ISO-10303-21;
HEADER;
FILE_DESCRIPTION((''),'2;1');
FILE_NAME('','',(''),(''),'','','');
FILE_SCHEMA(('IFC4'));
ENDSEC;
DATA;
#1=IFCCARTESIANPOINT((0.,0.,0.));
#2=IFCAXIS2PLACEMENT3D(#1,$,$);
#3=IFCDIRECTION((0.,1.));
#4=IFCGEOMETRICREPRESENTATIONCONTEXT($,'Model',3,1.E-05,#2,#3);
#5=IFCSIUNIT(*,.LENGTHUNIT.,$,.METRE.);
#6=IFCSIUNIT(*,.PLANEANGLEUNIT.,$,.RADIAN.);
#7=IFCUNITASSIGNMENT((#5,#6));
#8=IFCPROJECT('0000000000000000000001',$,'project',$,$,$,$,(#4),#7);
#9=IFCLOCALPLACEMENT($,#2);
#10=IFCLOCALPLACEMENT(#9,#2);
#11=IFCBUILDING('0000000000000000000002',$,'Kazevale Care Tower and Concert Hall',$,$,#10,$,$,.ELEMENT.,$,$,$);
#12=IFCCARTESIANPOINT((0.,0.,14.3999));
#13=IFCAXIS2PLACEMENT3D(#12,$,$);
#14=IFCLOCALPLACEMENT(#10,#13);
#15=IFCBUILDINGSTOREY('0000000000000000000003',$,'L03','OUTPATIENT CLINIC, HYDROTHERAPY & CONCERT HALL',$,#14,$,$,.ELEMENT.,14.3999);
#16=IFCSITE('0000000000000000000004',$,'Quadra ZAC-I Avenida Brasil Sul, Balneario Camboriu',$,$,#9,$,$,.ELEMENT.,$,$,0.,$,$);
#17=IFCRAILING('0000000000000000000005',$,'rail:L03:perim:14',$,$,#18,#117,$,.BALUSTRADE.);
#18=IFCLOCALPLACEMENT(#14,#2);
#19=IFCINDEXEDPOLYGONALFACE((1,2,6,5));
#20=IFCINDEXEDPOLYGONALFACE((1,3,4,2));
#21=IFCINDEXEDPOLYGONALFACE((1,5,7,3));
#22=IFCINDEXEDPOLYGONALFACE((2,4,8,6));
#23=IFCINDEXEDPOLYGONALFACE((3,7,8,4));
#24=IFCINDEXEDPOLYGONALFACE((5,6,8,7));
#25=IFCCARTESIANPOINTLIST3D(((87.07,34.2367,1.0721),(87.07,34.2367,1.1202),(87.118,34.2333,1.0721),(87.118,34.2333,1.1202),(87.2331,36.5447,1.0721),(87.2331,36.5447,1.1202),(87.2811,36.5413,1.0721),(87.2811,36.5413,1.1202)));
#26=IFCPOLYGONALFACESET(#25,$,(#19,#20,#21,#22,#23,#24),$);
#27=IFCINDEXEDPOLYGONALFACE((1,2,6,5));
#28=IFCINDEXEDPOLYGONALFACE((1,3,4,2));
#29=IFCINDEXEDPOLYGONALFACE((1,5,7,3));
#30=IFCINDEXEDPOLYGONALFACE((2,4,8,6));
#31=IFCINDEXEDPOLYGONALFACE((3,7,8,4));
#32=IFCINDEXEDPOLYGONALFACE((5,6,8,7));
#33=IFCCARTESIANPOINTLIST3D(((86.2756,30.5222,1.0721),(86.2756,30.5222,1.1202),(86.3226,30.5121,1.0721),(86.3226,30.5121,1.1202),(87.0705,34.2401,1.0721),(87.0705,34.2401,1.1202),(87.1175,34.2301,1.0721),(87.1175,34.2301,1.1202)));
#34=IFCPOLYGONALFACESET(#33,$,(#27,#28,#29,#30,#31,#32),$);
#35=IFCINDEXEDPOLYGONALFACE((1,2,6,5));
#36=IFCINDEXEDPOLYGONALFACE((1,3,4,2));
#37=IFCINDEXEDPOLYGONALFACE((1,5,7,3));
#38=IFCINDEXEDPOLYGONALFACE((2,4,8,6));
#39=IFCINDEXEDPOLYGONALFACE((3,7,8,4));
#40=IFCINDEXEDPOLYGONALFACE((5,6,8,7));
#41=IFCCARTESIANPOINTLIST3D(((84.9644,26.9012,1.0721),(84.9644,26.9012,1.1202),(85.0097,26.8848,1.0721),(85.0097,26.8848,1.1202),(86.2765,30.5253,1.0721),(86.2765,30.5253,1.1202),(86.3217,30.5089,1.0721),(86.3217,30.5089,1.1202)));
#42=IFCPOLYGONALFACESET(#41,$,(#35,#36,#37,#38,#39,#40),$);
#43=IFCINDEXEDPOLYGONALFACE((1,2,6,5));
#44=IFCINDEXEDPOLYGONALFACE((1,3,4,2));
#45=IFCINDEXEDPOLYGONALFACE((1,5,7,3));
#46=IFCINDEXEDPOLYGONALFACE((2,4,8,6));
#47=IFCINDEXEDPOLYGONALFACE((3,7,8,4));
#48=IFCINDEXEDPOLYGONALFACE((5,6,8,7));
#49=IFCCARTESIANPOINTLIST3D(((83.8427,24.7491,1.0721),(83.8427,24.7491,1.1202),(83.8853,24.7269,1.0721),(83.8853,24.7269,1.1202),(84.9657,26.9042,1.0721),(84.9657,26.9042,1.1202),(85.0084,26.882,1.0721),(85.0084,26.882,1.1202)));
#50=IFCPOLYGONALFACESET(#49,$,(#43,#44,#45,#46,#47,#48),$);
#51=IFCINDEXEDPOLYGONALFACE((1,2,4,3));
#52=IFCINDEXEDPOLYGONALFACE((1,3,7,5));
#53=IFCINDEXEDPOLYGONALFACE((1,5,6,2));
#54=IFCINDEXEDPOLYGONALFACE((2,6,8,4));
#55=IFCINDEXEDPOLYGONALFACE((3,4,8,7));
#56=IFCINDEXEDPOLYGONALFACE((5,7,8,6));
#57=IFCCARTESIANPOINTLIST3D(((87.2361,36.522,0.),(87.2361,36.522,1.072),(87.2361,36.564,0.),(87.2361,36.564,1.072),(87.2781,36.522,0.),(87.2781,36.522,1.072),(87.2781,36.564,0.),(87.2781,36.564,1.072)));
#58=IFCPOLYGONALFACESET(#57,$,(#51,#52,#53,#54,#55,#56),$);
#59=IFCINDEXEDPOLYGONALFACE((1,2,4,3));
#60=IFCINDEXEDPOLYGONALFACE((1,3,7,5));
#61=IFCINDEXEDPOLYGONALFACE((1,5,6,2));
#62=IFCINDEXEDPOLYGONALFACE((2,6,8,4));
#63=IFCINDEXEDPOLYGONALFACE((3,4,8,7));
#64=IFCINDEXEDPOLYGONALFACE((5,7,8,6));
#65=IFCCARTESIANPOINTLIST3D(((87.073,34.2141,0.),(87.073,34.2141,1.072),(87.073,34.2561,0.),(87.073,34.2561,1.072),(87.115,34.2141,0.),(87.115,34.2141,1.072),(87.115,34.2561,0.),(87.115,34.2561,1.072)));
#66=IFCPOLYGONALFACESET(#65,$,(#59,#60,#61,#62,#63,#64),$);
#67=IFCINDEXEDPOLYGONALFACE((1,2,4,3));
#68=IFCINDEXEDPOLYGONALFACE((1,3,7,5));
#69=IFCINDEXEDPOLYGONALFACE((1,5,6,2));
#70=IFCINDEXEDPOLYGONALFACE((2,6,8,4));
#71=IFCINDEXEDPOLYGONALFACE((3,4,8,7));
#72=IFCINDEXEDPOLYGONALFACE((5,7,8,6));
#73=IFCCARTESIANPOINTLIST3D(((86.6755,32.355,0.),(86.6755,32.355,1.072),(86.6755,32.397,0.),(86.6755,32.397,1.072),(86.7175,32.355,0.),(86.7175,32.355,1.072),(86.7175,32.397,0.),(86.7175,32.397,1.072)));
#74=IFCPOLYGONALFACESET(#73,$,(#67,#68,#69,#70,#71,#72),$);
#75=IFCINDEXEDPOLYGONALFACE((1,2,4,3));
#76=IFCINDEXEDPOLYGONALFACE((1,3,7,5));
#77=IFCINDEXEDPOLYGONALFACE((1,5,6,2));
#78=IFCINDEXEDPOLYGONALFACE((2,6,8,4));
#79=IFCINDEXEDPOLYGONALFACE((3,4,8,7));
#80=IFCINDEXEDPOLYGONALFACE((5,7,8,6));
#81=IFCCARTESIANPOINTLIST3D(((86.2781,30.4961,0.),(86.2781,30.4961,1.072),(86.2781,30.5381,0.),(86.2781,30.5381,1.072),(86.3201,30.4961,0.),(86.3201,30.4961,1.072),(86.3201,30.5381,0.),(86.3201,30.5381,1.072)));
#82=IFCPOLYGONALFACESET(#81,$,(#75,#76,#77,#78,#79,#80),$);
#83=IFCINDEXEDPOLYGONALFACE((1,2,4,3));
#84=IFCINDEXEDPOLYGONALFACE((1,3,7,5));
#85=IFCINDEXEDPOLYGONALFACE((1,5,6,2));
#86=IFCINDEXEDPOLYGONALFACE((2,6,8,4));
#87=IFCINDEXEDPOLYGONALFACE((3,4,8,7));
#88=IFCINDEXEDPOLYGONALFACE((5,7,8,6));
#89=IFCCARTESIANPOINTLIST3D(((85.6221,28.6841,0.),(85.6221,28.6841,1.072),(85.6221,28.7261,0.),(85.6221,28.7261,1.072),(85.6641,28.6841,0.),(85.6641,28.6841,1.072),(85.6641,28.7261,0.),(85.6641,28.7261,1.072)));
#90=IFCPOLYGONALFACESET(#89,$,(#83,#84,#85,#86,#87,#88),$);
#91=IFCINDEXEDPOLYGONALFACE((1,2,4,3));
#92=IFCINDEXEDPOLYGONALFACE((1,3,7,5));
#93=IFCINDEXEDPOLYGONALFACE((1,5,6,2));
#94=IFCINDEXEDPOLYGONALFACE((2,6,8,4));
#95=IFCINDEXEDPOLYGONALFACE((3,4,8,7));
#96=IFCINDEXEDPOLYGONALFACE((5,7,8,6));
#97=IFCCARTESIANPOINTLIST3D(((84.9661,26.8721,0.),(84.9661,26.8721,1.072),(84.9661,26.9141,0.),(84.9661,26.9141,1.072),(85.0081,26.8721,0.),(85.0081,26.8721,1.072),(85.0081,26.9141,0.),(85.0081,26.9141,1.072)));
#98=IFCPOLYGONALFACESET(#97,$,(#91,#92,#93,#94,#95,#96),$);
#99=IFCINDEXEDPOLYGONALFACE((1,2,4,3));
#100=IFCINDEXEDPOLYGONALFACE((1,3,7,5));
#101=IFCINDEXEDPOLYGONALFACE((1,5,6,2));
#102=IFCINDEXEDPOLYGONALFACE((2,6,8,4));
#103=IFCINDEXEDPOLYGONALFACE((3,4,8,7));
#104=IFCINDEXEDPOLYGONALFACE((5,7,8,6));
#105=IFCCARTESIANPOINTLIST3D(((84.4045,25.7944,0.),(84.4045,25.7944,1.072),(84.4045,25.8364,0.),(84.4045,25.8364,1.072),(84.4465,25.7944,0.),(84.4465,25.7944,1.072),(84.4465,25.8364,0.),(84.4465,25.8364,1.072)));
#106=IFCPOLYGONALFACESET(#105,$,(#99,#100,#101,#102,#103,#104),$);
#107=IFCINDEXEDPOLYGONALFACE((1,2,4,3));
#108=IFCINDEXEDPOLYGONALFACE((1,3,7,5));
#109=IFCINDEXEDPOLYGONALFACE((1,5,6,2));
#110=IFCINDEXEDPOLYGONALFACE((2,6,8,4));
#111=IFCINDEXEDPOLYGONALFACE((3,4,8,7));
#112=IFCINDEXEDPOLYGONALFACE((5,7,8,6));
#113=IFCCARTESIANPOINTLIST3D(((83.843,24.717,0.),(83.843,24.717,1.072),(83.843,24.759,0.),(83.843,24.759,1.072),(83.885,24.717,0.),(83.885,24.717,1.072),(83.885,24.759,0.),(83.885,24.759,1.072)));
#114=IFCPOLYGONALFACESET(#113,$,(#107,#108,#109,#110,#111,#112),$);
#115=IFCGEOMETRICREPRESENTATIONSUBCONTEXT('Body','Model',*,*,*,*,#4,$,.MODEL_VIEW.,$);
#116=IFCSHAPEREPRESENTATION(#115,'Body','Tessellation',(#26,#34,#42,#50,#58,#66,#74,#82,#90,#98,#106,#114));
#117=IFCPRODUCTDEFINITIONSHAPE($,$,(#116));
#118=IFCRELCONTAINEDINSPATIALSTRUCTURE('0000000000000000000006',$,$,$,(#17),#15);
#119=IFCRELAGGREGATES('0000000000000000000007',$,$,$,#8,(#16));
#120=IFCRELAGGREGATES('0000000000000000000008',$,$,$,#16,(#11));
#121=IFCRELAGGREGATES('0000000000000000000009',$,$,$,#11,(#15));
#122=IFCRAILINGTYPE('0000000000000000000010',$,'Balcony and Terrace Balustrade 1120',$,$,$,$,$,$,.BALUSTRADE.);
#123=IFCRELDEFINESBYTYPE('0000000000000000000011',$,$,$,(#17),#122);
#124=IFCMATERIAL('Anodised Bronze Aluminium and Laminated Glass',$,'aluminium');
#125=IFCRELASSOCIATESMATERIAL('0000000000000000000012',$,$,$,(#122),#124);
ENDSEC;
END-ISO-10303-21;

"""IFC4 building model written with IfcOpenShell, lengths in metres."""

from ifc_helpers import new_model, si_unit, direction, frame, origin, origin_2d, place, context, subcontext, project, spatial, rectangle, extrude, material, type_object, element, save


model = new_model("IFC4")

# Units and contexts
model_context = context("Model", 3, precision=1e-05, world=origin(), true_north=direction((0.0, 1.0)))
body_context = subcontext(model_context, "Body", "Model", "MODEL_VIEW")
ifc_project = project(units=[si_unit("LENGTHUNIT", "METRE"), si_unit("PLANEANGLEUNIT", "RADIAN")], contexts=[model_context])

# Site, building, storey
site_placement = place(None, origin())
site = spatial("IfcSite", under=ifc_project, at=site_placement, Name="Quadra ZAC-I Avenida Brasil Sul, Balneario Camboriu", CompositionType="ELEMENT", RefElevation=0.0)
building_placement = place(site_placement, origin())
building = spatial("IfcBuilding", under=site, at=building_placement, Name="Kazevale Care Tower and Concert Hall", CompositionType="ELEMENT")
storey_placement = place(building_placement, frame((0.0, 0.0, 14.3999)))
storey = spatial("IfcBuildingStorey", under=building, at=storey_placement, Name="L03", Description="OUTPATIENT CLINIC, HYDROTHERAPY & CONCERT HALL", CompositionType="ELEMENT", Elevation=14.3999)

# Railing
ifc_material_1 = material(Name="Anodised Bronze Aluminium and Laminated Glass", Category="aluminium")
railing_type = type_object("IfcRailingType", Name="Balcony and Terrace Balustrade 1120", PredefinedType="BALUSTRADE", material=ifc_material_1)
railing_1_placement = place(storey_placement, frame((87.2571, 36.543, 0.0)))
element("IfcRailing", 1, at=railing_1_placement, inside=storey, type_object=railing_type, Name="rail:L03:perim:14", PredefinedType="BALUSTRADE", context=body_context, shape_type="SweptSolid", body=[
    extrude(rectangle(XDim=0.0481, YDim=0.0481, at=origin_2d()), frame((0.0, 0.0, 1.0962), z_axis=(-0.07049, -0.997513, 0.0), x_axis=(0.997513, -0.07049, 0.0)), (0.0, 0.0, 1.0), 2.3137),
    extrude(rectangle(XDim=0.0481, YDim=0.0481, at=origin_2d()), frame((-0.1631, -2.3079, 1.0962), z_axis=(-0.209077, -0.977899, 0.0), x_axis=(0.977899, -0.209077, 0.0)), (0.0, 0.0, 1.0), 3.802),
    extrude(rectangle(XDim=0.0481, YDim=0.0481, at=origin_2d()), frame((-0.958, -6.0259, 1.0962), z_axis=(-0.34041, -0.940277, 0.0), x_axis=(0.940277, -0.34041, 0.0)), (0.0, 0.0, 1.0), 3.8542),
    extrude(rectangle(XDim=0.0481, YDim=0.0481, at=origin_2d()), frame((-2.27, -9.6499, 1.0962), z_axis=(-0.46214, -0.886807, 0.0), x_axis=(0.886807, -0.46214, 0.0)), (0.0, 0.0, 1.0), 2.4302),
    extrude(rectangle(XDim=0.042, YDim=0.042, at=origin_2d()), origin(), (0.0, 0.0, 1.0), 1.072),
    extrude(rectangle(XDim=0.042, YDim=0.042, at=origin_2d()), frame((-0.1631, -2.3079, 0.0)), (0.0, 0.0, 1.0), 1.072),
    extrude(rectangle(XDim=0.042, YDim=0.042, at=origin_2d()), frame((-0.5605, -4.167, 0.0)), (0.0, 0.0, 1.0), 1.072),
    extrude(rectangle(XDim=0.042, YDim=0.042, at=origin_2d()), frame((-0.958, -6.0259, 0.0)), (0.0, 0.0, 1.0), 1.072),
    extrude(rectangle(XDim=0.042, YDim=0.042, at=origin_2d()), frame((-1.614, -7.8379, 0.0)), (0.0, 0.0, 1.0), 1.072),
    extrude(rectangle(XDim=0.042, YDim=0.042, at=origin_2d()), frame((-2.27, -9.6499, 0.0)), (0.0, 0.0, 1.0), 1.072),
    extrude(rectangle(XDim=0.042, YDim=0.042, at=origin_2d()), frame((-2.8315, -10.7275, 0.0)), (0.0, 0.0, 1.0), 1.072),
    extrude(rectangle(XDim=0.042, YDim=0.042, at=origin_2d()), frame((-3.3931, -11.8049, 0.0)), (0.0, 0.0, 1.0), 1.072),
])

save(model, "model.ifc")
